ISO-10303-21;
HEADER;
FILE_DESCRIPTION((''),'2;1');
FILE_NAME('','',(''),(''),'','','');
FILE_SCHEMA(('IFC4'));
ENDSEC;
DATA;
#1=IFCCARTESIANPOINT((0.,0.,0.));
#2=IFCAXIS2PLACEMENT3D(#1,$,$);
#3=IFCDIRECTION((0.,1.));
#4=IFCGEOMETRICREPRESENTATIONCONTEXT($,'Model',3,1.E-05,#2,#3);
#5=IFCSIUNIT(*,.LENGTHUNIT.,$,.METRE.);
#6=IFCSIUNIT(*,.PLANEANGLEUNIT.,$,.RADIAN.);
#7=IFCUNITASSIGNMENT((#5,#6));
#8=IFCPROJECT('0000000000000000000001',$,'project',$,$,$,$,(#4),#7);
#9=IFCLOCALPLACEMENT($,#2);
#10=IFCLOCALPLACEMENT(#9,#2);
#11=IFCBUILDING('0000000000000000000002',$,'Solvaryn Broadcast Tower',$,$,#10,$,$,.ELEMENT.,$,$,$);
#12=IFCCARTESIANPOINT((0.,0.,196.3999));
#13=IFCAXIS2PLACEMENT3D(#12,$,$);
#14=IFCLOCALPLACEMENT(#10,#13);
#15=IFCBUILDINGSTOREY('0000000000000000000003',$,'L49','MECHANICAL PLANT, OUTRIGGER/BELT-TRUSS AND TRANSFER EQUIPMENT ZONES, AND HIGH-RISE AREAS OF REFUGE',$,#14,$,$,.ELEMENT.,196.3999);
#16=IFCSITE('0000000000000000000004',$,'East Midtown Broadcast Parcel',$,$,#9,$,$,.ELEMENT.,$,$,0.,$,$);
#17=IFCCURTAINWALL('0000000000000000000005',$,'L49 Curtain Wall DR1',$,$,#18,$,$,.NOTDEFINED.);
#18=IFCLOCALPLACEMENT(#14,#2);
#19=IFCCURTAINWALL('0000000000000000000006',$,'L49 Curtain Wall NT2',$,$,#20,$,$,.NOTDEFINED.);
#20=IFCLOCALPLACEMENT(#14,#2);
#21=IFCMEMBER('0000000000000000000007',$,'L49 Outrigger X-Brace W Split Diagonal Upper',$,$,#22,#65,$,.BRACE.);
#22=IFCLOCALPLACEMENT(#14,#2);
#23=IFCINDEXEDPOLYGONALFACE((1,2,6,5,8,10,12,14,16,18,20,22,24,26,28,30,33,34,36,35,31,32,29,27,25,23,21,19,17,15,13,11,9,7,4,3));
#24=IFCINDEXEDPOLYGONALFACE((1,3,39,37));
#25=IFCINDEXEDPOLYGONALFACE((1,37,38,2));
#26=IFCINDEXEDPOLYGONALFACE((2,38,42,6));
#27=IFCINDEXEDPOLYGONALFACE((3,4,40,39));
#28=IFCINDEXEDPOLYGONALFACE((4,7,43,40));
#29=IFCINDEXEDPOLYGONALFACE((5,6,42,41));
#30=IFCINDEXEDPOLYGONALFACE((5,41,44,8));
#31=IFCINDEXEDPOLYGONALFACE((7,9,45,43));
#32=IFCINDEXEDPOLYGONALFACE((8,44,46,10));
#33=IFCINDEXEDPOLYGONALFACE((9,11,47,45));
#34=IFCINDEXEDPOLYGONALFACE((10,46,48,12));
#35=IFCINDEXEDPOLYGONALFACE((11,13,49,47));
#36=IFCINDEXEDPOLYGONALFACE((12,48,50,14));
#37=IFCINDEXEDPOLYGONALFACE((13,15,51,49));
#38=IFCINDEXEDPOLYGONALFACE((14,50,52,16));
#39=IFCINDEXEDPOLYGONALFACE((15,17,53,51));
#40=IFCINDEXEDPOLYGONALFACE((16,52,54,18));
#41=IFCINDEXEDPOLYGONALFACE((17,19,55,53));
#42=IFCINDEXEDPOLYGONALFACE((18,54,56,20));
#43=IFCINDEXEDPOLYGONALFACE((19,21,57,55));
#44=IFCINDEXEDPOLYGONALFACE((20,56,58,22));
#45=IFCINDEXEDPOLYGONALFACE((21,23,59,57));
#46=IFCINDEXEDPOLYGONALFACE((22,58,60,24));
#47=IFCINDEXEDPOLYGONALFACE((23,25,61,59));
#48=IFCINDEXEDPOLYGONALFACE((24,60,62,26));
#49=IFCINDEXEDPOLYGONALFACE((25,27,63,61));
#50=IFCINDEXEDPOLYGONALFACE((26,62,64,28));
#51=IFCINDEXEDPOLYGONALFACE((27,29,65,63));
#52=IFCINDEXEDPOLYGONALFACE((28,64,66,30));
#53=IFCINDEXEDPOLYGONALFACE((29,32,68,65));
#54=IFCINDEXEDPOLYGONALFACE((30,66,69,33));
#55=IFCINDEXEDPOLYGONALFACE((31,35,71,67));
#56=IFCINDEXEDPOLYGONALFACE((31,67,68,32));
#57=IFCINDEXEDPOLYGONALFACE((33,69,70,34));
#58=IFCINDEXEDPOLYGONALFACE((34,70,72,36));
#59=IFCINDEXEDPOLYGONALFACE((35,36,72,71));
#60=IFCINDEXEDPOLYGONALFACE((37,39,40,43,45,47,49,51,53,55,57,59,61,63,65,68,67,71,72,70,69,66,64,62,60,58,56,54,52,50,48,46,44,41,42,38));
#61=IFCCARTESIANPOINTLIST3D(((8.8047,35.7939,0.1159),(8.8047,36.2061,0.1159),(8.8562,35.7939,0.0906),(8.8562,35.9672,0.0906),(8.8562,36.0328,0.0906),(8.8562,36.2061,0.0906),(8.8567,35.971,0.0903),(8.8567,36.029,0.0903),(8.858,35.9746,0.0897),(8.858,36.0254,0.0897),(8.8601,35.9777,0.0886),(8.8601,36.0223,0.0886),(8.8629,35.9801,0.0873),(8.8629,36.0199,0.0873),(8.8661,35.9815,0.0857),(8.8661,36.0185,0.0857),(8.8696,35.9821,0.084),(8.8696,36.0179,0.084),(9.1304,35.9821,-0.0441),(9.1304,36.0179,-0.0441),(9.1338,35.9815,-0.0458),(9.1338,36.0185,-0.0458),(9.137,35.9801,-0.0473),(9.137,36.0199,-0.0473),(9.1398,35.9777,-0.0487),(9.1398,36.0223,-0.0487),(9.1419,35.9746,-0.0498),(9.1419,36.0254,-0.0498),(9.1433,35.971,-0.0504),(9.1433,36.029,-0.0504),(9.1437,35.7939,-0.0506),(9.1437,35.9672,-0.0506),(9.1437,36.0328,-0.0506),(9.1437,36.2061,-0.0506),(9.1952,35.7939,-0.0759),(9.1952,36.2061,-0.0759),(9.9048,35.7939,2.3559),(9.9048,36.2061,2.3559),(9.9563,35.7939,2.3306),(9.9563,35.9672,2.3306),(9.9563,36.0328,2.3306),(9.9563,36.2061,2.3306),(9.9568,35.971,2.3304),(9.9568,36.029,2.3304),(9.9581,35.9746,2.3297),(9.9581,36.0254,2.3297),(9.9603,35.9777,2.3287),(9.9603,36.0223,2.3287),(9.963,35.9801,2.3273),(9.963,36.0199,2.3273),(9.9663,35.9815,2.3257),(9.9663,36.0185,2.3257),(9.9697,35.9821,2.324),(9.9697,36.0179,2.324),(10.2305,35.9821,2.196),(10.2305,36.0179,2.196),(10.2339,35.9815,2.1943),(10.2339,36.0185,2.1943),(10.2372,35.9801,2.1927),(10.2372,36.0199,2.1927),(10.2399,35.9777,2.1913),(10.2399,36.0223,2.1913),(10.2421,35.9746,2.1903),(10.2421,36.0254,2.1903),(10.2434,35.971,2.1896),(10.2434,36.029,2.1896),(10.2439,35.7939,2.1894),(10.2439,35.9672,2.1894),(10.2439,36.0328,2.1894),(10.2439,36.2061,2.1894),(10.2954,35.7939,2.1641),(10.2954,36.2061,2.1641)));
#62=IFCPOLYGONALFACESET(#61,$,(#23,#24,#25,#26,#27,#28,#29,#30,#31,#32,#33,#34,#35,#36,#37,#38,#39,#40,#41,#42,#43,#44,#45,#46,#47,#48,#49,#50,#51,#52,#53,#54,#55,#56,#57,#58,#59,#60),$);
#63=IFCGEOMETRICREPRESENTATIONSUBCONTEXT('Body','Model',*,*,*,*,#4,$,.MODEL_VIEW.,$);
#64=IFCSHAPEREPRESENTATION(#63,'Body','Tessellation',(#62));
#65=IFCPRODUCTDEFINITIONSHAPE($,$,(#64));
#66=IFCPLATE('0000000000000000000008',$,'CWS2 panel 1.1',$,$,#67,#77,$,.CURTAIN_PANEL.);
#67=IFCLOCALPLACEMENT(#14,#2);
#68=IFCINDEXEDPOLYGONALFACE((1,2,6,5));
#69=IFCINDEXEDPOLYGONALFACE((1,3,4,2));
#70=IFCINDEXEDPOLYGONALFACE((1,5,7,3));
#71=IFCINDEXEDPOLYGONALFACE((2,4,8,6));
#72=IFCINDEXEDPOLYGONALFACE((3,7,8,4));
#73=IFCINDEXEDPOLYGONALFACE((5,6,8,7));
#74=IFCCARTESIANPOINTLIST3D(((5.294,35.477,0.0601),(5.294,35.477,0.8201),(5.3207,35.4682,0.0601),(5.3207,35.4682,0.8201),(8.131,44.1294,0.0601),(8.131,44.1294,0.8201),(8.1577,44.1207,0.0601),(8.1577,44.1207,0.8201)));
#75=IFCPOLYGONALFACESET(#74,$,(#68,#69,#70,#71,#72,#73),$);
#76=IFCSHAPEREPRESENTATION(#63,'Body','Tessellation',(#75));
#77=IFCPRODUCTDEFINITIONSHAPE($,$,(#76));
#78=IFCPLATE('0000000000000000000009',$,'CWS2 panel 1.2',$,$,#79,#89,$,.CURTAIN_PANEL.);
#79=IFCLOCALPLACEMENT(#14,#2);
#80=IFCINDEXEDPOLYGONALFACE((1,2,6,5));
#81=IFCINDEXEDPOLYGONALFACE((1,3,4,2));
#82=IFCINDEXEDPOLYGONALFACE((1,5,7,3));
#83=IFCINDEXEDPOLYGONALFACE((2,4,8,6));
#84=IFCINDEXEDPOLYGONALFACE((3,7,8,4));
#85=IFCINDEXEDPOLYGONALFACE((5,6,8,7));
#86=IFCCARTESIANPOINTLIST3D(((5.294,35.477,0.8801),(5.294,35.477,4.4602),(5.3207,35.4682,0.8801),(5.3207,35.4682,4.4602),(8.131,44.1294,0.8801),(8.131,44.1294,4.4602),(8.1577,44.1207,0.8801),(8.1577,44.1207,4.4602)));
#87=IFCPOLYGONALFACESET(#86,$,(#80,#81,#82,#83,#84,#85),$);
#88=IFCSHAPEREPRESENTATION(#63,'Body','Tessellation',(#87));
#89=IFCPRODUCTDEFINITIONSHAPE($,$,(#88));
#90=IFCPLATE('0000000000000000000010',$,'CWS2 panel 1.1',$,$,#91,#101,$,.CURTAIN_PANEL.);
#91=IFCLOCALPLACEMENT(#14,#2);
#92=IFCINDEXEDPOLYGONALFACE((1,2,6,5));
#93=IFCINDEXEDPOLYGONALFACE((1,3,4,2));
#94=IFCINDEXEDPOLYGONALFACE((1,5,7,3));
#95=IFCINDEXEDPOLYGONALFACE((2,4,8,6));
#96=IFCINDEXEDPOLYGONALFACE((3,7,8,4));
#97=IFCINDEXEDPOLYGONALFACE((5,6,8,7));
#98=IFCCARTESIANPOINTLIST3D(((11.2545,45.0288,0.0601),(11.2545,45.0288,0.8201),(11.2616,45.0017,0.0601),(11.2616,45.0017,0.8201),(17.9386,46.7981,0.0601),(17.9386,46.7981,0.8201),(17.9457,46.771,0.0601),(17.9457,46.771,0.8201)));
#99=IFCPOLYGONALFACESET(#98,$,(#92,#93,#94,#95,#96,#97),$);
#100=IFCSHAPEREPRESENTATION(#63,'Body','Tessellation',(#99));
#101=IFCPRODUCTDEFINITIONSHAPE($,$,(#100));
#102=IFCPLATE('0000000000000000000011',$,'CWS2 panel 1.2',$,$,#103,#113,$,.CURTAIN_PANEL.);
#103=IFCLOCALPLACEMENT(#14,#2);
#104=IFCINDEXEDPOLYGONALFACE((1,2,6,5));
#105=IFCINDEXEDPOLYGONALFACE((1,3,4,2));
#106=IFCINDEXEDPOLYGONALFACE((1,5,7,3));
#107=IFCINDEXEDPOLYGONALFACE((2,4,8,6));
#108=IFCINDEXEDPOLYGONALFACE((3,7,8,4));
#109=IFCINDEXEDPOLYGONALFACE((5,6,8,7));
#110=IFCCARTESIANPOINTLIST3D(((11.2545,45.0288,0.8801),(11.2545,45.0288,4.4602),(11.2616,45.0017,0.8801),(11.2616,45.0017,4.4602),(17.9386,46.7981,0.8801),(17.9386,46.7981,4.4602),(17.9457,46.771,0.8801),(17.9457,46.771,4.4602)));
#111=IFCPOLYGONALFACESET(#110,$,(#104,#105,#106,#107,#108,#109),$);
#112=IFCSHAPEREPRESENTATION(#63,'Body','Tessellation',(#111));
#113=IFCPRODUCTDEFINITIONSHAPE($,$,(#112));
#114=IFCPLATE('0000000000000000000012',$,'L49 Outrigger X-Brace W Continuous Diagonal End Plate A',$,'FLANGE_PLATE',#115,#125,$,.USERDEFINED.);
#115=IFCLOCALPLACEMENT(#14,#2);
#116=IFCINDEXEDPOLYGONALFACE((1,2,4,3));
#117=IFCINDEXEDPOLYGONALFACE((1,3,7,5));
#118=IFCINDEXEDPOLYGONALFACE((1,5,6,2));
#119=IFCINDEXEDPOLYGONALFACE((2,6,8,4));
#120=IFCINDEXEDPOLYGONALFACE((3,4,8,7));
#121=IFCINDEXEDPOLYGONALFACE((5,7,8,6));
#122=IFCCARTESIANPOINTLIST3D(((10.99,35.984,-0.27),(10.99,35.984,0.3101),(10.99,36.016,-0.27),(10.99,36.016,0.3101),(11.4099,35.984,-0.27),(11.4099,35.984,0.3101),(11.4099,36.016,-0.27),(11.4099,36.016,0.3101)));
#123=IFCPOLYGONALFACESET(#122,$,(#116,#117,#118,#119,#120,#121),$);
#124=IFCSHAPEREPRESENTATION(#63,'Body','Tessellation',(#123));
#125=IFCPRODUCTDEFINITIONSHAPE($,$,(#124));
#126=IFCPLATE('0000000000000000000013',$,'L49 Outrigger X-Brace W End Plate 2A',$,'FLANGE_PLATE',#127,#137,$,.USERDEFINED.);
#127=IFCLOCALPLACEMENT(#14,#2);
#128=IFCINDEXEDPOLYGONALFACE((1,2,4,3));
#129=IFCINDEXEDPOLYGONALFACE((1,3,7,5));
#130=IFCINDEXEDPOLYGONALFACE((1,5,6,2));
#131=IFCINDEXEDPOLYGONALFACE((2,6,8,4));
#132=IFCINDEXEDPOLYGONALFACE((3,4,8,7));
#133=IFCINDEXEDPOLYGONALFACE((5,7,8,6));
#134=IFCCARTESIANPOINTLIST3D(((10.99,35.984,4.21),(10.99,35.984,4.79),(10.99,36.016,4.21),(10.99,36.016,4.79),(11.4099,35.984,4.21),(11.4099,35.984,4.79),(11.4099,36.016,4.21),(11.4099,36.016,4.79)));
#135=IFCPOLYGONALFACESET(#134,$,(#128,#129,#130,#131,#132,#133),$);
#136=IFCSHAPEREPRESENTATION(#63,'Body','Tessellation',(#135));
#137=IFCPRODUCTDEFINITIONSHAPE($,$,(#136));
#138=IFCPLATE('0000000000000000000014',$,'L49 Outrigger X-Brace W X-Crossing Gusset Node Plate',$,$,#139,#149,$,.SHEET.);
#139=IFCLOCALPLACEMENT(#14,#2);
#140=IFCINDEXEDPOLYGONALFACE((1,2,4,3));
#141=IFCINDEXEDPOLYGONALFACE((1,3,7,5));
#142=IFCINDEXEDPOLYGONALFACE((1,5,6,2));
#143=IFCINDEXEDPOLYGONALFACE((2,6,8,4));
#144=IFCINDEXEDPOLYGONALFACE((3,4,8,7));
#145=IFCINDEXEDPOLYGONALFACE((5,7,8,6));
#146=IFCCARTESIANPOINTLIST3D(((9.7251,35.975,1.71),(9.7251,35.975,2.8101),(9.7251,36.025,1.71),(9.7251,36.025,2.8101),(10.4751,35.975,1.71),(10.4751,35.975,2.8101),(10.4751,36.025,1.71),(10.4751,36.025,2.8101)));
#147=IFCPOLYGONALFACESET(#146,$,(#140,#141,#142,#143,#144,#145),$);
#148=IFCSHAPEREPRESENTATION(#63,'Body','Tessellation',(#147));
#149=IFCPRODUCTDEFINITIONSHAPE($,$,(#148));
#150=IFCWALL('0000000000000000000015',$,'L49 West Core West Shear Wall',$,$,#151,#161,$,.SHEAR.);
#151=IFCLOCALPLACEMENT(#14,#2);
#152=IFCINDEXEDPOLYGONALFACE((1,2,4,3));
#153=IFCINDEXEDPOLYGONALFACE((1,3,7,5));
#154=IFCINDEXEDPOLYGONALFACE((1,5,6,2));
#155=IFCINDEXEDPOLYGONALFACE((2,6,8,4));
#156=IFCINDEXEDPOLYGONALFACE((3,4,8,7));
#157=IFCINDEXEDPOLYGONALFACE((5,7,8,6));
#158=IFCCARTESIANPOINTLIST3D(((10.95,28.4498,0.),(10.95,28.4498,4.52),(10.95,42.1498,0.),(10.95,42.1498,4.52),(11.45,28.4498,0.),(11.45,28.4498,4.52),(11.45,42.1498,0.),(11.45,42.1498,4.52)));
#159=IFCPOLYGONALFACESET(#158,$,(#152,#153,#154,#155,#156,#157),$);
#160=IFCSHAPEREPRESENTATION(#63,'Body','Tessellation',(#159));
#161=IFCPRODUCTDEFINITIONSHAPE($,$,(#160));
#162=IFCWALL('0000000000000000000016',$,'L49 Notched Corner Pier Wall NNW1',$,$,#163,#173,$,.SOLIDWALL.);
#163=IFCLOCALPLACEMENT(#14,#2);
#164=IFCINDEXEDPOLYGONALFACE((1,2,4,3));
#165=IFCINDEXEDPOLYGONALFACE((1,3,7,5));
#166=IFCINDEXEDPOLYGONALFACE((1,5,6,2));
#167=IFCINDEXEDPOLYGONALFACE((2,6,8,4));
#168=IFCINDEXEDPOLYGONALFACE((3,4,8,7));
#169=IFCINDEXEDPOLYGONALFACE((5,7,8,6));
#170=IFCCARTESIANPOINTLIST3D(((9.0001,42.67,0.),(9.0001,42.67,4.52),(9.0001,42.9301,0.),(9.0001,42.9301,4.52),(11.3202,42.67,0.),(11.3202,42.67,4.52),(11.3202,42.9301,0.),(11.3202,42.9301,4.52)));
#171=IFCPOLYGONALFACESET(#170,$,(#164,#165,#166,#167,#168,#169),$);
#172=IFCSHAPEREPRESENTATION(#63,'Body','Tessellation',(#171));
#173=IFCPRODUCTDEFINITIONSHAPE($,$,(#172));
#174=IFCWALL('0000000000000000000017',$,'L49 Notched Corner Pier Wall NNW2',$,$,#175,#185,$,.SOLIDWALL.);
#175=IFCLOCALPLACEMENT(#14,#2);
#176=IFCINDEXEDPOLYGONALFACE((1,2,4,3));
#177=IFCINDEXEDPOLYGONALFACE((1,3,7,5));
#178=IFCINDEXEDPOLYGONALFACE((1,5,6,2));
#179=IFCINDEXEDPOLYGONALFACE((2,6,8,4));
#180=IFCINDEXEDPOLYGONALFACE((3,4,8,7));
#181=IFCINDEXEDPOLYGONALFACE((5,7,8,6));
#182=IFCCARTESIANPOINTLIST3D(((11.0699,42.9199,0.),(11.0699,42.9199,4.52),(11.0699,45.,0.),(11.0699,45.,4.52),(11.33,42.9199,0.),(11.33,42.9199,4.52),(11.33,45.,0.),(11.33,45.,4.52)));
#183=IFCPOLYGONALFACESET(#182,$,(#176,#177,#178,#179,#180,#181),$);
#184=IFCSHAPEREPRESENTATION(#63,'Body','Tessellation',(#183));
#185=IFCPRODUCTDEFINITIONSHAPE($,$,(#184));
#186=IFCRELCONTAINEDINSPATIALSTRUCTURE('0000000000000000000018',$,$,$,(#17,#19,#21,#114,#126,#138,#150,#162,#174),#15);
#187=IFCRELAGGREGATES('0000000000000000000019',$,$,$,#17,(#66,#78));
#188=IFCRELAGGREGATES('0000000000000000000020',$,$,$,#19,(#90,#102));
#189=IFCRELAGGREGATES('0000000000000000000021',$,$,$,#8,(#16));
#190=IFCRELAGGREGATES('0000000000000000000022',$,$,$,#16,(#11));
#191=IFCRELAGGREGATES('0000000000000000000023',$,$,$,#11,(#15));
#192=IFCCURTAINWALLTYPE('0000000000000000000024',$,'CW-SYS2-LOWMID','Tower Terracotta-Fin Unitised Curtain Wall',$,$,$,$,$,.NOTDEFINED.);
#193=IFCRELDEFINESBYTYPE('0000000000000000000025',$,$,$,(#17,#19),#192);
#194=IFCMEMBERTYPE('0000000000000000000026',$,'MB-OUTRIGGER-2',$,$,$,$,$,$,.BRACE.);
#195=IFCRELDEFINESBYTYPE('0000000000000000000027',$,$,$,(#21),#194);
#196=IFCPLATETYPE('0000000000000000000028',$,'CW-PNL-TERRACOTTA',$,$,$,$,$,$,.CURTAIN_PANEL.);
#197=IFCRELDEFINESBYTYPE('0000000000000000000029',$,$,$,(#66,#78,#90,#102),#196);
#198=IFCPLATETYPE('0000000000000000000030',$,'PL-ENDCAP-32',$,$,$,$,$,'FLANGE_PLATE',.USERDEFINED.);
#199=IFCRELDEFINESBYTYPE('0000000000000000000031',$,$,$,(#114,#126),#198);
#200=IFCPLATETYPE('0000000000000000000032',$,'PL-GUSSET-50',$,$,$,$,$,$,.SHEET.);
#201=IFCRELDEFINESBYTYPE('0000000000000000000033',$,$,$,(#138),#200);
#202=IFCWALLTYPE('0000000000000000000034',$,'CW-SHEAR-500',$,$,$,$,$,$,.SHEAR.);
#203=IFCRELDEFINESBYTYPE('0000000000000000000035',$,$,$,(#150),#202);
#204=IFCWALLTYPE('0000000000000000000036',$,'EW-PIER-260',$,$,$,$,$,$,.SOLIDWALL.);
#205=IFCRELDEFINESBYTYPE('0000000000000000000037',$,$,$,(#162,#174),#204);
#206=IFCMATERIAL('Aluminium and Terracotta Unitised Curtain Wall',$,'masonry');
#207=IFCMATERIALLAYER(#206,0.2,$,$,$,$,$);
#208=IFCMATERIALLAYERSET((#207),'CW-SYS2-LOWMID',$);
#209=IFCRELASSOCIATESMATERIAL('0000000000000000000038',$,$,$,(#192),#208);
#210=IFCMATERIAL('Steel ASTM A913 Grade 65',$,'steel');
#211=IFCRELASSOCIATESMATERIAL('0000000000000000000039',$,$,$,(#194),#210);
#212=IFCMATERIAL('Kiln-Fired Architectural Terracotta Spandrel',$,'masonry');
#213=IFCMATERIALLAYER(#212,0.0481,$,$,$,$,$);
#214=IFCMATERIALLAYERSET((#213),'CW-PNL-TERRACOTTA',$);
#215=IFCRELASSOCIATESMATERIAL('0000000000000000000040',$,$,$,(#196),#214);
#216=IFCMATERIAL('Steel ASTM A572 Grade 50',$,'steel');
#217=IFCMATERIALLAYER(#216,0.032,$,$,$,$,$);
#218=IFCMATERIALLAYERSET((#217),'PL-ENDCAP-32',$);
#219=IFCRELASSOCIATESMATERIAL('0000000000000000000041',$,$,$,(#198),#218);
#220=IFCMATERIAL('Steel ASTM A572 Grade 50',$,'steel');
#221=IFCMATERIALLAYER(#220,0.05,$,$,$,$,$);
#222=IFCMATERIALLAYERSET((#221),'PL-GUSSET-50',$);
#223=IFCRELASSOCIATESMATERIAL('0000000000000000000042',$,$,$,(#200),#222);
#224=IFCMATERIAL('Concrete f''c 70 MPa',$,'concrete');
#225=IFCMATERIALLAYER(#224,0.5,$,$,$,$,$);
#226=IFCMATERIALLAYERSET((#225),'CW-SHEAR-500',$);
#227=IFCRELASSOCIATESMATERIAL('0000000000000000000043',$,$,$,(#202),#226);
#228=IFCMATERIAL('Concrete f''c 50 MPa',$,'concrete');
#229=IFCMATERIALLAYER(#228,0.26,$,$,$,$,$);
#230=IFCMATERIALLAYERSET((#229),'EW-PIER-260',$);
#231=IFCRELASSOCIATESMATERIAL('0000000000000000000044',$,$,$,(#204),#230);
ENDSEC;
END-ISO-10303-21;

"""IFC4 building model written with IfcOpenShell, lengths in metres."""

from ifc_helpers import new_model, si_unit, direction, frame, frame_2d, origin, origin_2d, place, context, subcontext, project, spatial, rectangle, i_section, extrude, material, layer, layer_set, material_profile, profile_set, type_object, element, aggregate, save


model = new_model("IFC4")

# Units and contexts
model_context = context("Model", 3, precision=1e-05, world=origin(), true_north=direction((0.0, 1.0)))
body_context = subcontext(model_context, "Body", "Model", "MODEL_VIEW")
ifc_project = project(units=[si_unit("LENGTHUNIT", "METRE"), si_unit("PLANEANGLEUNIT", "RADIAN")], contexts=[model_context])

# Site, building, storey
site_placement = place(None, origin())
site = spatial("IfcSite", under=ifc_project, at=site_placement, Name="East Midtown Broadcast Parcel", CompositionType="ELEMENT", RefElevation=0.0)
building_placement = place(site_placement, origin())
building = spatial("IfcBuilding", under=site, at=building_placement, Name="Solvaryn Broadcast Tower", CompositionType="ELEMENT")
storey_placement = place(building_placement, frame((0.0, 0.0, 196.3999)))
storey = spatial("IfcBuildingStorey", under=building, at=storey_placement, Name="L49", Description="MECHANICAL PLANT, OUTRIGGER/BELT-TRUSS AND TRANSFER EQUIPMENT ZONES, AND HIGH-RISE AREAS OF REFUGE", CompositionType="ELEMENT", Elevation=196.3999)

# Curtain walls
ifc_material_1 = material(Name="Aluminium and Terracotta Unitised Curtain Wall", Category="masonry")
ifc_layer_1 = layer(ifc_material_1, 0.2)
ifc_layer_set_1 = layer_set([ifc_layer_1], Name="CW-SYS2-LOWMID")
curtain_wall_type = type_object("IfcCurtainWallType", Name="CW-SYS2-LOWMID", Description="Tower Terracotta-Fin Unitised Curtain Wall", PredefinedType="NOTDEFINED", material=ifc_layer_set_1)
curtain_wall_1_placement = place(storey_placement, origin())
curtain_wall_1 = element("IfcCurtainWall", 1, at=curtain_wall_1_placement, inside=storey, type_object=curtain_wall_type, Name="L49 Curtain Wall DR1", PredefinedType="NOTDEFINED")
curtain_wall_2_placement = place(storey_placement, origin())
curtain_wall_2 = element("IfcCurtainWall", 2, at=curtain_wall_2_placement, inside=storey, type_object=curtain_wall_type, Name="L49 Curtain Wall NT2", PredefinedType="NOTDEFINED")

# Member
ifc_material_2 = material(Name="Steel ASTM A913 Grade 65", Category="steel")
ifc_material_profile_1 = material_profile(ifc_material_2, i_section(OverallWidth=0.4121, OverallDepth=0.4351, WebThickness=0.0359, FlangeThickness=0.0574, FilletRadius=0.0149, at=origin_2d()))
ifc_profile_set_1 = profile_set([ifc_material_profile_1], Name="Steel ASTM A913 Grade 65")
member_type_1 = type_object("IfcMemberType", Name="MB-OUTRIGGER-2", PredefinedType="BRACE", material=ifc_profile_set_1)
member_1_placement = place(storey_placement, frame((10.1001, 36.0, 2.26), z_axis=(-0.440824, 0.0, -0.897594), x_axis=(0.0, -1.0, 0.0)))
element("IfcMember", 3, at=member_1_placement, inside=storey, type_object=member_type_1, Name="L49 Outrigger X-Brace W Split Diagonal Upper", PredefinedType="BRACE", context=body_context, shape_type="SweptSolid", body=[
    extrude(i_section(OverallWidth=0.4121, OverallDepth=0.4351, WebThickness=0.0359, FlangeThickness=0.0574, FilletRadius=0.0149, at=origin_2d()), origin(), (0.0, 0.0, 1.0), 2.4956),
])

# Plates
ifc_material_3 = material(Name="Kiln-Fired Architectural Terracotta Spandrel", Category="masonry")
ifc_layer_2 = layer(ifc_material_3, 0.0481)
ifc_layer_set_2 = layer_set([ifc_layer_2], Name="CW-PNL-TERRACOTTA")
plate_type_1 = type_object("IfcPlateType", Name="CW-PNL-TERRACOTTA", PredefinedType="CURTAIN_PANEL", material=ifc_layer_set_2)
plate_1_placement = place(storey_placement, frame((6.7258, 39.7988, 0.0601), z_axis=(0.0, 0.0, 1.0), x_axis=(-0.311559, -0.950227, 0.0)))
plate_1 = element("IfcPlate", 4, at=plate_1_placement, type_object=plate_type_1, Name="CWS2 panel 1.1", PredefinedType="CURTAIN_PANEL", context=body_context, shape_type="SweptSolid", body=[
    extrude(rectangle(XDim=9.1057, YDim=0.0281, at=origin_2d()), origin(), (0.0, 0.0, 1.0), 0.76),
])
plate_2_placement = place(storey_placement, frame((6.7258, 39.7988, 0.8801), z_axis=(0.0, 0.0, 1.0), x_axis=(-0.311559, -0.950227, 0.0)))
plate_2 = element("IfcPlate", 5, at=plate_2_placement, type_object=plate_type_1, Name="CWS2 panel 1.2", PredefinedType="CURTAIN_PANEL", context=body_context, shape_type="SweptSolid", body=[
    extrude(rectangle(XDim=9.1057, YDim=0.0281, at=origin_2d()), origin(), (0.0, 0.0, 1.0), 3.5801),
])
aggregate(curtain_wall_1, [plate_1, plate_2])
plate_3_placement = place(storey_placement, frame((14.6001, 45.8999, 0.0601), z_axis=(0.0, 0.0, 1.0), x_axis=(-0.966705, -0.255893, 0.0)))
plate_3 = element("IfcPlate", 6, at=plate_3_placement, type_object=plate_type_1, Name="CWS2 panel 1.1", PredefinedType="CURTAIN_PANEL", context=body_context, shape_type="SweptSolid", body=[
    extrude(rectangle(XDim=6.9143, YDim=0.0281, at=origin_2d()), origin(), (0.0, 0.0, 1.0), 0.76),
])
plate_4_placement = place(storey_placement, frame((14.6001, 45.8999, 0.8801), z_axis=(0.0, 0.0, 1.0), x_axis=(-0.966705, -0.255893, 0.0)))
plate_4 = element("IfcPlate", 7, at=plate_4_placement, type_object=plate_type_1, Name="CWS2 panel 1.2", PredefinedType="CURTAIN_PANEL", context=body_context, shape_type="SweptSolid", body=[
    extrude(rectangle(XDim=6.9143, YDim=0.0281, at=origin_2d()), origin(), (0.0, 0.0, 1.0), 3.5801),
])
aggregate(curtain_wall_2, [plate_3, plate_4])

# Plates
ifc_material_4 = material(Name="Steel ASTM A572 Grade 50", Category="steel")
ifc_layer_3 = layer(ifc_material_4, 0.032)
ifc_layer_set_3 = layer_set([ifc_layer_3], Name="PL-ENDCAP-32")
plate_type_2 = type_object("IfcPlateType", Name="PL-ENDCAP-32", ElementType="FLANGE_PLATE", PredefinedType="USERDEFINED", material=ifc_layer_set_3)
for number, where, z_axis, x_axis, name in (
    (8, (11.2, 36.0, -0.27), (0.0, 0.0, 1.0), (1.0, 0.0, 0.0), "L49 Outrigger X-Brace W Continuous Diagonal End Plate A"),
    (9, (11.2, 36.0, 4.21), (0.0, 0.0, 1.0), (1.0, 0.0, 0.0), "L49 Outrigger X-Brace W End Plate 2A"),
):
    element("IfcPlate", number, at=place(storey_placement, frame(where, z_axis=z_axis, x_axis=x_axis)), inside=storey, type_object=plate_type_2, Name=name, ObjectType="FLANGE_PLATE", PredefinedType="USERDEFINED", context=body_context, shape_type="SweptSolid", body=[
        extrude(rectangle(XDim=0.4199, YDim=0.032, at=origin_2d()), origin(), (0.0, 0.0, 1.0), 0.5801),
    ])
ifc_material_5 = material(Name="Steel ASTM A572 Grade 50", Category="steel")
ifc_layer_4 = layer(ifc_material_5, 0.05)
ifc_layer_set_4 = layer_set([ifc_layer_4], Name="PL-GUSSET-50")
plate_type_3 = type_object("IfcPlateType", Name="PL-GUSSET-50", PredefinedType="SHEET", material=ifc_layer_set_4)
plate_5_placement = place(storey_placement, frame((10.1001, 36.0, 1.71), z_axis=(0.0, 0.0, 1.0), x_axis=(1.0, 0.0, 0.0)))
element("IfcPlate", 10, at=plate_5_placement, inside=storey, type_object=plate_type_3, Name="L49 Outrigger X-Brace W X-Crossing Gusset Node Plate", PredefinedType="SHEET", context=body_context, shape_type="SweptSolid", body=[
    extrude(rectangle(XDim=0.75, YDim=0.05, at=origin_2d()), origin(), (0.0, 0.0, 1.0), 1.1001),
])

# Walls
ifc_material_6 = material(Name="Concrete f'c 70 MPa", Category="concrete")
ifc_layer_5 = layer(ifc_material_6, 0.5)
ifc_layer_set_5 = layer_set([ifc_layer_5], Name="CW-SHEAR-500")
wall_type_1 = type_object("IfcWallType", Name="CW-SHEAR-500", PredefinedType="SHEAR", material=ifc_layer_set_5)
wall_1_placement = place(storey_placement, frame((11.2, 42.1499, 0.0), z_axis=(0.0, 0.0, 1.0), x_axis=(0.0, -1.0, 0.0)))
element("IfcWall", 11, at=wall_1_placement, inside=storey, type_object=wall_type_1, Name="L49 West Core West Shear Wall", PredefinedType="SHEAR", context=body_context, shape_type="SweptSolid", body=[
    extrude(rectangle(XDim=13.7, YDim=0.5, at=frame_2d((6.8501, 0.0))), origin(), (0.0, 0.0, 1.0), 4.52),
])
ifc_material_7 = material(Name="Concrete f'c 50 MPa", Category="concrete")
ifc_layer_6 = layer(ifc_material_7, 0.26)
ifc_layer_set_6 = layer_set([ifc_layer_6], Name="EW-PIER-260")
wall_type_2 = type_object("IfcWallType", Name="EW-PIER-260", PredefinedType="SOLIDWALL", material=ifc_layer_set_6)
wall_2_placement = place(storey_placement, frame((9.0, 42.8, 0.0), z_axis=(0.0, 0.0, 1.0), x_axis=(1.0, 0.0, 0.0)))
element("IfcWall", 12, at=wall_2_placement, inside=storey, type_object=wall_type_2, Name="L49 Notched Corner Pier Wall NNW1", PredefinedType="SOLIDWALL", context=body_context, shape_type="SweptSolid", body=[
    extrude(rectangle(XDim=2.3201, YDim=0.26, at=frame_2d((1.1602, 0.0))), origin(), (0.0, 0.0, 1.0), 4.52),
])
wall_3_placement = place(storey_placement, frame((11.2, 42.9199, 0.0), z_axis=(0.0, 0.0, 1.0), x_axis=(0.0, 1.0, 0.0)))
element("IfcWall", 13, at=wall_3_placement, inside=storey, type_object=wall_type_2, Name="L49 Notched Corner Pier Wall NNW2", PredefinedType="SOLIDWALL", context=body_context, shape_type="SweptSolid", body=[
    extrude(rectangle(XDim=2.0801, YDim=0.26, at=frame_2d((1.04, 0.0))), origin(), (0.0, 0.0, 1.0), 4.52),
])

save(model, "model.ifc")
